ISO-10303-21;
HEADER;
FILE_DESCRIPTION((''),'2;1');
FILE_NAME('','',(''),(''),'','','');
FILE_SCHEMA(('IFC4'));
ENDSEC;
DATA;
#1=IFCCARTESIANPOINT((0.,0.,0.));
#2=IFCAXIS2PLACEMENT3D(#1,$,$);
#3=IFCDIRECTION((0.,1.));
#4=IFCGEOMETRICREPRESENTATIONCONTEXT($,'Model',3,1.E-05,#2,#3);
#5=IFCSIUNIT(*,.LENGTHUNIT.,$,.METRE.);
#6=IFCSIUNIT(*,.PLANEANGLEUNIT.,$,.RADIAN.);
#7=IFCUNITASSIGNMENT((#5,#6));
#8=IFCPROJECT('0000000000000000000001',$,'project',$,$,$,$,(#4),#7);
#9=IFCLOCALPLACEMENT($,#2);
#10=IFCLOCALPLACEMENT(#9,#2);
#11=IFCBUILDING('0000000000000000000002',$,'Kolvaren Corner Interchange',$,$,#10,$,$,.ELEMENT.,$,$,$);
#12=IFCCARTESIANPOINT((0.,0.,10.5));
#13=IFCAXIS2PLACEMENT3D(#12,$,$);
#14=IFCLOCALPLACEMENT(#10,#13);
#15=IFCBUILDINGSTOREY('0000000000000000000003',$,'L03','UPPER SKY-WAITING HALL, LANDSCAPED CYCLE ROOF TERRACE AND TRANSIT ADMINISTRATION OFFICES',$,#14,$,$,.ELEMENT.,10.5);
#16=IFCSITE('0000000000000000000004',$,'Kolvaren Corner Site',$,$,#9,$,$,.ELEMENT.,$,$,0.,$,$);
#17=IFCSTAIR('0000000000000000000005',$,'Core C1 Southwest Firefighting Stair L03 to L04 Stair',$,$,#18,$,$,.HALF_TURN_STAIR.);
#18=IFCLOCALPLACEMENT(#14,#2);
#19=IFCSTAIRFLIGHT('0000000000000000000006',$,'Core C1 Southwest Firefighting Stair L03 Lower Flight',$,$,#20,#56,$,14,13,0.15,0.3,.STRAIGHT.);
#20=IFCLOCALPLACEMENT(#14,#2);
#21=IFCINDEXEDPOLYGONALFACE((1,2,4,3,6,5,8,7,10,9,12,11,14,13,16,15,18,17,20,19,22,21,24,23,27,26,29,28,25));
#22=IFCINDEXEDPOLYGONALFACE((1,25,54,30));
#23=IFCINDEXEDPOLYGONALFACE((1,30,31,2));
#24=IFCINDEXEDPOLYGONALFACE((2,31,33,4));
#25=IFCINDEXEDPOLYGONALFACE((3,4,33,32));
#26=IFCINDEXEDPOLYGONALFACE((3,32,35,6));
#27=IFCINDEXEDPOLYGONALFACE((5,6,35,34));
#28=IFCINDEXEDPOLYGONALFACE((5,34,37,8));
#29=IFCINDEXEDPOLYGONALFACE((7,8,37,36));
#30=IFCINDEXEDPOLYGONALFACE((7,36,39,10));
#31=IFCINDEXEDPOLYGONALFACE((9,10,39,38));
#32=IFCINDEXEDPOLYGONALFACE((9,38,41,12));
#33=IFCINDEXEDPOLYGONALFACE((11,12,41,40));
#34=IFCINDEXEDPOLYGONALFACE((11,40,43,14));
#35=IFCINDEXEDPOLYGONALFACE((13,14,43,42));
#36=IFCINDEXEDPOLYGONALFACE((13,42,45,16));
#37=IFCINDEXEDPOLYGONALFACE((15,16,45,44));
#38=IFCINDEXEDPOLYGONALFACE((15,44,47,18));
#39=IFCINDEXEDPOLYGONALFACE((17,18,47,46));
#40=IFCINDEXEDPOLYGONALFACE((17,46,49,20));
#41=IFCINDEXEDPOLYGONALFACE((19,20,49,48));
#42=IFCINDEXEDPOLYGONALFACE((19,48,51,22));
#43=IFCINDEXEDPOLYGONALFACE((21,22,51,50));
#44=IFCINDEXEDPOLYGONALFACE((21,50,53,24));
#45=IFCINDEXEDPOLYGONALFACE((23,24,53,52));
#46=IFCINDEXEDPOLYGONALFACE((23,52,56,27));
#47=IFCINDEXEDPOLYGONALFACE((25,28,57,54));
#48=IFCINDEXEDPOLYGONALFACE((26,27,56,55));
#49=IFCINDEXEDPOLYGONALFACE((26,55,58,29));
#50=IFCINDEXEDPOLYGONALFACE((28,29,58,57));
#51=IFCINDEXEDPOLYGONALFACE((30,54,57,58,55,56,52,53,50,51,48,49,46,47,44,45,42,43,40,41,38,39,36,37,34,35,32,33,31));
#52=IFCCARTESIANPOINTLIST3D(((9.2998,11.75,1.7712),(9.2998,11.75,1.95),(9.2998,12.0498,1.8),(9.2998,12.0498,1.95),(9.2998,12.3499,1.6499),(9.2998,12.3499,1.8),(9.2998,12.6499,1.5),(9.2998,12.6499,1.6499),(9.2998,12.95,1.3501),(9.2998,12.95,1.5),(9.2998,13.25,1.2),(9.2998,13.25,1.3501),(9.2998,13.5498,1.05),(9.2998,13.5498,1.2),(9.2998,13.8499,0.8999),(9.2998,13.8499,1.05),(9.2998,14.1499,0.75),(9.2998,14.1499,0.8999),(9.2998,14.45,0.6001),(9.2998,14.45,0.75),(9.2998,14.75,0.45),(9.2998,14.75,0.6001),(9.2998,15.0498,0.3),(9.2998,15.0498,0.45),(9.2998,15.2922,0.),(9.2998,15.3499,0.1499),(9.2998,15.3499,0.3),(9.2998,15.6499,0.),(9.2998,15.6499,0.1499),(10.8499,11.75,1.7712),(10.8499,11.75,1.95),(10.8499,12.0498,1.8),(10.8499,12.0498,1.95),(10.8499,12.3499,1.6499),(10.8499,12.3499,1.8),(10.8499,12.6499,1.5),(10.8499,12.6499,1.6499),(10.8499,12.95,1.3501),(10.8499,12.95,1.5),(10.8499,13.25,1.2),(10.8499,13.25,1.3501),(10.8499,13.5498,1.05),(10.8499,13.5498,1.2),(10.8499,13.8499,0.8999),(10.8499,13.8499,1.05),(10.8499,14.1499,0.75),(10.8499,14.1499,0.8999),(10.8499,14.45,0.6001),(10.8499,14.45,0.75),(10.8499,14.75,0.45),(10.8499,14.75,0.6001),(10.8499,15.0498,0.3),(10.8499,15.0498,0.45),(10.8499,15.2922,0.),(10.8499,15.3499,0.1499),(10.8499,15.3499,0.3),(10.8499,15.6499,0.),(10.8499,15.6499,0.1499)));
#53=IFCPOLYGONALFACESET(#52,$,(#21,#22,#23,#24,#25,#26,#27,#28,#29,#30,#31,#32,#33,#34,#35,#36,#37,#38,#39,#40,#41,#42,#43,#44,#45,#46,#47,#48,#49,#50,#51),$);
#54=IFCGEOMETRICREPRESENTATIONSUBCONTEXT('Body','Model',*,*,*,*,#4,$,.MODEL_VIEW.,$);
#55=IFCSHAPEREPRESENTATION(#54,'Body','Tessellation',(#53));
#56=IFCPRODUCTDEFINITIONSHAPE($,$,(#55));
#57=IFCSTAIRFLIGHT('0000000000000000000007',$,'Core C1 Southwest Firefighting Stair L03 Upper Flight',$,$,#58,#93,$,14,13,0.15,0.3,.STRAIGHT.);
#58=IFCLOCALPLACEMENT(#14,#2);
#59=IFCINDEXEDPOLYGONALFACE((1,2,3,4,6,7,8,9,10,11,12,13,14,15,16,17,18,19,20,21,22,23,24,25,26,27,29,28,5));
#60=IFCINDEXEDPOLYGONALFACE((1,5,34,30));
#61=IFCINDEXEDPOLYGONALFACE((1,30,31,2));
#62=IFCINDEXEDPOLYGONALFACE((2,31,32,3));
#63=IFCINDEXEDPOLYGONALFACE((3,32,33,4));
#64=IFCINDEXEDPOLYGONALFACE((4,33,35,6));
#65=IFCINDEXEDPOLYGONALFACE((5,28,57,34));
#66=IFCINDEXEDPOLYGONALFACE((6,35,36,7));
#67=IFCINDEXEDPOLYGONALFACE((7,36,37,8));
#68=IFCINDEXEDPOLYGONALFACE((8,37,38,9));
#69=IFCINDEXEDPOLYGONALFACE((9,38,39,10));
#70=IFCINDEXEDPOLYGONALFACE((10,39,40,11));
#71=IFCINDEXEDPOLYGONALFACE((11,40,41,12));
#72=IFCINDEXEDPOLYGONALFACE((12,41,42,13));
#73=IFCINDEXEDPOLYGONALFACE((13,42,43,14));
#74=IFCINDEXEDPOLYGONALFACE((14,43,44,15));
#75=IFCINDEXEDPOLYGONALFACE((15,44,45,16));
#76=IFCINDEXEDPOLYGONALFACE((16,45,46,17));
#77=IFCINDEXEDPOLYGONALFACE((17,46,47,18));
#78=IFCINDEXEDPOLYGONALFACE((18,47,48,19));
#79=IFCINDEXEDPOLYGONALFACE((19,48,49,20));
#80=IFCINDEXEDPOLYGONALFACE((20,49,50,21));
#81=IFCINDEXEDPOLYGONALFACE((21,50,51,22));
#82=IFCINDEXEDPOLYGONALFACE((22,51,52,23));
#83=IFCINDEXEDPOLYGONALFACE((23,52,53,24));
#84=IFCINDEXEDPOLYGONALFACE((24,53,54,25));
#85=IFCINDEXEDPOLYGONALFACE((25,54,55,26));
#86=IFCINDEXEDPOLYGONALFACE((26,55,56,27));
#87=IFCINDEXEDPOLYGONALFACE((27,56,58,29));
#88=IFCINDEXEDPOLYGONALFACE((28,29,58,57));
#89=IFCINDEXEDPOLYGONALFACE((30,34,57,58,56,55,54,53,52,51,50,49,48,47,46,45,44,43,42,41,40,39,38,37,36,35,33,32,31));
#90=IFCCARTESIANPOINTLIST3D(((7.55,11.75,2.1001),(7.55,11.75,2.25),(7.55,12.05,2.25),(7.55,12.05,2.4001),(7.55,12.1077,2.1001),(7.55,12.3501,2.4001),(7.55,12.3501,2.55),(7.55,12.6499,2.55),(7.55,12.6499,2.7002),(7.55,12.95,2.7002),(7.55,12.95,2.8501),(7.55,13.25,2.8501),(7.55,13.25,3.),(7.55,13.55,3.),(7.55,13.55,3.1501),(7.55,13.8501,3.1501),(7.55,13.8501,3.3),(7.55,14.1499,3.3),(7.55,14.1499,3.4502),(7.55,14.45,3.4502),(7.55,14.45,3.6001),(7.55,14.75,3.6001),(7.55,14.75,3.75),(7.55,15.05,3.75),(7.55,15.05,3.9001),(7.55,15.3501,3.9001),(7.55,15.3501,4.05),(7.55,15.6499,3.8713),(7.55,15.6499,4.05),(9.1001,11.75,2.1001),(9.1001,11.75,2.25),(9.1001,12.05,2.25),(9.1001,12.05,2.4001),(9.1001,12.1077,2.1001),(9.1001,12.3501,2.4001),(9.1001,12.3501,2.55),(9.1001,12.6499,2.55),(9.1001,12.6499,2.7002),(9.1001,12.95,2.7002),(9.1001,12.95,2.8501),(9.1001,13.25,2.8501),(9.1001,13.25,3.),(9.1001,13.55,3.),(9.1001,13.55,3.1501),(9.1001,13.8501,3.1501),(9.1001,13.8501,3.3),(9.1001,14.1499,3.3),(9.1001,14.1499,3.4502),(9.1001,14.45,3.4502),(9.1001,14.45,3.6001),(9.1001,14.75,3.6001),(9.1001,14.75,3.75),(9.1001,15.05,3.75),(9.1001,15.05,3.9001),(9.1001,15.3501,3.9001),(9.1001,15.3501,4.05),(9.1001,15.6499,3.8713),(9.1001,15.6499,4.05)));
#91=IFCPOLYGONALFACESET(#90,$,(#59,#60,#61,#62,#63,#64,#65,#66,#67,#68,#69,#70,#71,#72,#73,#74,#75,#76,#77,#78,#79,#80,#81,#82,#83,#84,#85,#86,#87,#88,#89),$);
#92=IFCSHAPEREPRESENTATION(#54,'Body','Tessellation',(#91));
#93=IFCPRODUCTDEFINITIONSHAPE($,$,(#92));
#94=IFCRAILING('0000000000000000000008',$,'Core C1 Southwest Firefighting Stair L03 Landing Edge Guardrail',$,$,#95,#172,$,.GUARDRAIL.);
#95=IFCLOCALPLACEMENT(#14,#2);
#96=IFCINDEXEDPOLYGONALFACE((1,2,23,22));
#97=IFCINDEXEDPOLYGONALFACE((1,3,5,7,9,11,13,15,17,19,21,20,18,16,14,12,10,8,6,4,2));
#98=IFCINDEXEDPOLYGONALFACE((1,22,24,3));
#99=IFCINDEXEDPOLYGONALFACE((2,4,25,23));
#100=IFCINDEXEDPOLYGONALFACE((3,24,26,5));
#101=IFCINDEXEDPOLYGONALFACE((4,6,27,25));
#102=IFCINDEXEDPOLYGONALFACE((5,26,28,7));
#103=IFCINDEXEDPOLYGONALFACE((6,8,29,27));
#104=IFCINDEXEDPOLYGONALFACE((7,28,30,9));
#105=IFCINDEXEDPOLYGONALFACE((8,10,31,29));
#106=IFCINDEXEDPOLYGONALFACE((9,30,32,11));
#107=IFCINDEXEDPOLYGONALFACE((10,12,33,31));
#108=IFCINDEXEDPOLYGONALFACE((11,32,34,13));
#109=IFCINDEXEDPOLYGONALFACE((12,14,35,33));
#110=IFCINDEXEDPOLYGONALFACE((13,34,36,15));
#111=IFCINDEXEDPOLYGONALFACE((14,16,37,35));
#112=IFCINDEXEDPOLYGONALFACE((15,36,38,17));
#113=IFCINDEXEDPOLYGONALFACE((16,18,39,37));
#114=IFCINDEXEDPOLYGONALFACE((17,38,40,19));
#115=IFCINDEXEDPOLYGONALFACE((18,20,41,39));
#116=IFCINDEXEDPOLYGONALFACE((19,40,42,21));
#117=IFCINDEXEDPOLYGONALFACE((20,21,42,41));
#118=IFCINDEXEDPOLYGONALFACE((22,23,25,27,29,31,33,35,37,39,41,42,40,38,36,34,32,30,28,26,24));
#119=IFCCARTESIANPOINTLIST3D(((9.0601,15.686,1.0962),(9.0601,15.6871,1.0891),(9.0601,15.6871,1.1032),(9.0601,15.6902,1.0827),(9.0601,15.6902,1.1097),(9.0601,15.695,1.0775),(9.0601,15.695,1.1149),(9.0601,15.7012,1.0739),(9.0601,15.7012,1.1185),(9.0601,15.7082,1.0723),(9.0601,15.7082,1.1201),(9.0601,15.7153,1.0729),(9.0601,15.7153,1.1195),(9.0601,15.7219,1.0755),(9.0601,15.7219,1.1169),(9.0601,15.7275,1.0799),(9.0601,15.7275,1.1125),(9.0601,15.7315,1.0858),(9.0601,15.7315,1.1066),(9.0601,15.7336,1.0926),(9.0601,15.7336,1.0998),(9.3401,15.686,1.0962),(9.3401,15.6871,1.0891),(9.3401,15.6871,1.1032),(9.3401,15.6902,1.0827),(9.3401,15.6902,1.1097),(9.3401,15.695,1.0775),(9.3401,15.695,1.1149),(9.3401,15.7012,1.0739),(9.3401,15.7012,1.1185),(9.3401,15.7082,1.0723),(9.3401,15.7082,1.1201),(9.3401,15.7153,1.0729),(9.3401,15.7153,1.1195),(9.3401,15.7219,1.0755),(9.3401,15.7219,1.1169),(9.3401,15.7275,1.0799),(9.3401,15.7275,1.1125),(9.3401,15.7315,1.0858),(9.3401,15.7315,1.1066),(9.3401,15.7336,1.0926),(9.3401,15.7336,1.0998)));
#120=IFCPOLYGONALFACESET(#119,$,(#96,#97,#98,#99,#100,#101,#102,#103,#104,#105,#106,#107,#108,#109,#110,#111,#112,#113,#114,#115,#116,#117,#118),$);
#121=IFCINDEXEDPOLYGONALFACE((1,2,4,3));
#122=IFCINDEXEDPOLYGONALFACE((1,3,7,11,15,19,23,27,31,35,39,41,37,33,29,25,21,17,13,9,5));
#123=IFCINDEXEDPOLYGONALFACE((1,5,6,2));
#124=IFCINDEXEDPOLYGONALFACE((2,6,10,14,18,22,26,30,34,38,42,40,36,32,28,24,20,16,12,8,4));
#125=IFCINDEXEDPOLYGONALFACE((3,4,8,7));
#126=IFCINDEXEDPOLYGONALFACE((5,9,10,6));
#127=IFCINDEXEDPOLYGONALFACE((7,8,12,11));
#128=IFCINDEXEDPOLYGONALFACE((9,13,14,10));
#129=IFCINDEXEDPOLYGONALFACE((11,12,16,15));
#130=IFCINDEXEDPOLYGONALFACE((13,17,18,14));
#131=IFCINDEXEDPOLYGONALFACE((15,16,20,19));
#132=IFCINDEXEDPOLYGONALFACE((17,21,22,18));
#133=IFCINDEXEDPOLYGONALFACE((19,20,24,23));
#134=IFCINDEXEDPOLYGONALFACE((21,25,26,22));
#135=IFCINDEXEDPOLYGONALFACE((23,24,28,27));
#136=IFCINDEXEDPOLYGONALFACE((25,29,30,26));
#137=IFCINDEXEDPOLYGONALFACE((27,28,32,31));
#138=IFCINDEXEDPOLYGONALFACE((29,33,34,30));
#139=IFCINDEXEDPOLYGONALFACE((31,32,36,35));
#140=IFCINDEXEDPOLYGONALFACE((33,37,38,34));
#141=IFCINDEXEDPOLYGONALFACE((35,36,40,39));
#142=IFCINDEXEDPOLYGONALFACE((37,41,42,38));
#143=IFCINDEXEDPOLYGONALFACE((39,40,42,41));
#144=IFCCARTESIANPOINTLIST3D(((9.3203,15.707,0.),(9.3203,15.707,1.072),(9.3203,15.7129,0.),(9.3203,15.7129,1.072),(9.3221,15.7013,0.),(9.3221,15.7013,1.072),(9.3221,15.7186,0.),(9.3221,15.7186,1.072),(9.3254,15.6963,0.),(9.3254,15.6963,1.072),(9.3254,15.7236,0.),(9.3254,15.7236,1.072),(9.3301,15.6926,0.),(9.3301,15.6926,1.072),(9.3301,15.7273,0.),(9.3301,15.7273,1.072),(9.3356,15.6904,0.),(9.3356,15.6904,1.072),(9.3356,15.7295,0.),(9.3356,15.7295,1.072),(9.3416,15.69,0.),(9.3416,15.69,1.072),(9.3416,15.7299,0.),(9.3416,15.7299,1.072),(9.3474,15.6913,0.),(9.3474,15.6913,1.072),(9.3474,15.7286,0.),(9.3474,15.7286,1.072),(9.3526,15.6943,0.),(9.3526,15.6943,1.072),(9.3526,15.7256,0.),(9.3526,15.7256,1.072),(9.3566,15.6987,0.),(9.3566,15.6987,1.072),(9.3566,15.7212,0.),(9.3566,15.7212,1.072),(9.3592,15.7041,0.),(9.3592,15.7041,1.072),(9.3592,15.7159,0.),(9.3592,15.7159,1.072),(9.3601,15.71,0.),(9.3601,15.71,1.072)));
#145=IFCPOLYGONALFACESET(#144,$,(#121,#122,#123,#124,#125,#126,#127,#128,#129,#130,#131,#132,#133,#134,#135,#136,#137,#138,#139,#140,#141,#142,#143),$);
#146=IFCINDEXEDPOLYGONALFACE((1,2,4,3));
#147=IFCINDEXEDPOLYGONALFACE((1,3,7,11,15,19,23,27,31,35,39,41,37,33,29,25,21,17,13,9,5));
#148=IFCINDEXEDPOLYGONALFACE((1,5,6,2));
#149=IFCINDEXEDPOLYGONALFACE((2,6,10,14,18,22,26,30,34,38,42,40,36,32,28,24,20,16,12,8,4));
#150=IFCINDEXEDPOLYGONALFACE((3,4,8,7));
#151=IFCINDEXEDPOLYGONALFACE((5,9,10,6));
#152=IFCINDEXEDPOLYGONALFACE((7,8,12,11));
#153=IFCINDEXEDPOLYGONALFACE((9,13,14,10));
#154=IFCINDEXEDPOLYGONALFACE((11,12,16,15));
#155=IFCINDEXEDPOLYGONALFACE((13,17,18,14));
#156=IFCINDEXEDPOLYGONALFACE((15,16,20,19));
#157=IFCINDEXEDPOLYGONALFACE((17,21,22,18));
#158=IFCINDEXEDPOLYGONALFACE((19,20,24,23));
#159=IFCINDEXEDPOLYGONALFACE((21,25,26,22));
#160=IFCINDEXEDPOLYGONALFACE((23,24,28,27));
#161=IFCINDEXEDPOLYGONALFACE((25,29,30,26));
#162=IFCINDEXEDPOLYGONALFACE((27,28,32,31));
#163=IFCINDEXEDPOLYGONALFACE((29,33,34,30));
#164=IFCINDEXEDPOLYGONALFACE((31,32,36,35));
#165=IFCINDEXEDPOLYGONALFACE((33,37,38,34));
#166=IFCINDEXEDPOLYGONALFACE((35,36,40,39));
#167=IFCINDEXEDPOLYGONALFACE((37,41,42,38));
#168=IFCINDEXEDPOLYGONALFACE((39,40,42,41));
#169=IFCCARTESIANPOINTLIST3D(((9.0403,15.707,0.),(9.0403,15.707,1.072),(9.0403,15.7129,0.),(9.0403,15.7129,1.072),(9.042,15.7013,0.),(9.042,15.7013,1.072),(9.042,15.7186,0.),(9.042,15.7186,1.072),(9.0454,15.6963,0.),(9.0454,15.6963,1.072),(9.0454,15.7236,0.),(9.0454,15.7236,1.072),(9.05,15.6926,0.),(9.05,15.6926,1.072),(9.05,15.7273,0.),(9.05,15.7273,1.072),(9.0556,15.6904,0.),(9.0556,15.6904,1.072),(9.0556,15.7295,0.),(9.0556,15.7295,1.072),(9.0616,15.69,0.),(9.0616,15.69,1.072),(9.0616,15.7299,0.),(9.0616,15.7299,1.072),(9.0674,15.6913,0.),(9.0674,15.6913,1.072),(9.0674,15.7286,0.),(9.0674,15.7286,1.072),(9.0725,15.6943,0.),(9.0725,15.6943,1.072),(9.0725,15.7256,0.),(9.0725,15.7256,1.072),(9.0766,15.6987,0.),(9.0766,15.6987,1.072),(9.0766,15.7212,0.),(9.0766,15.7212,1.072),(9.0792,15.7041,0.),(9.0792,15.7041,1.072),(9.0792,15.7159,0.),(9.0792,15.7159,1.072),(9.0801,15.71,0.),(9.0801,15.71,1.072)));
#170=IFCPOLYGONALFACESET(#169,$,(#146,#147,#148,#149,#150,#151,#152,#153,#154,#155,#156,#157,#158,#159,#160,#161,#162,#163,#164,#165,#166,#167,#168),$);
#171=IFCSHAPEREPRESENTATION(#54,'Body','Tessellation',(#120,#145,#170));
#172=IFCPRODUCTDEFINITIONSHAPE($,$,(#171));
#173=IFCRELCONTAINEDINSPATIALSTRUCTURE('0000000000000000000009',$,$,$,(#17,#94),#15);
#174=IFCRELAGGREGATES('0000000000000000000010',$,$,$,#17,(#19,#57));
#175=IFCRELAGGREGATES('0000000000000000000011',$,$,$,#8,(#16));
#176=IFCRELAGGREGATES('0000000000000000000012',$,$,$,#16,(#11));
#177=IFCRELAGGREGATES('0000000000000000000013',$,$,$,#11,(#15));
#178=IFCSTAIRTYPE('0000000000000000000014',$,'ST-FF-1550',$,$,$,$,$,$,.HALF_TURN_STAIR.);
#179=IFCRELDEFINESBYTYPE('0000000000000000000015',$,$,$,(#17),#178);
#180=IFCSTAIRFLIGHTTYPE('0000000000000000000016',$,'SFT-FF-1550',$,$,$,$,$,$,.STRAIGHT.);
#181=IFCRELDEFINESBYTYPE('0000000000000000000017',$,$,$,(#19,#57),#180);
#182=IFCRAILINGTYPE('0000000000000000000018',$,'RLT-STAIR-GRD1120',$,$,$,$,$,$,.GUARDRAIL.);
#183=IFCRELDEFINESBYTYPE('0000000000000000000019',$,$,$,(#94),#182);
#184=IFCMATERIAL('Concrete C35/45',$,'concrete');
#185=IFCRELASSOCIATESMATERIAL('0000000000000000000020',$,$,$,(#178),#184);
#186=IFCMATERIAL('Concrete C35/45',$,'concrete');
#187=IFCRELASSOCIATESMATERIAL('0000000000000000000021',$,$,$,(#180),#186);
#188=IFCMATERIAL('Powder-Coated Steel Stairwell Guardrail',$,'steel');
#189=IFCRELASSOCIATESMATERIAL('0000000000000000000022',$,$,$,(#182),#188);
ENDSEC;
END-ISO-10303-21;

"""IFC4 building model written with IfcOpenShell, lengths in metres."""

from ifc_helpers import new_model, si_unit, direction, frame, origin, origin_2d, place, context, subcontext, project, spatial, polyline, circle, outline, extrude, material, type_object, element, aggregate, save


model = new_model("IFC4")

# Units and contexts
model_context = context("Model", 3, precision=1e-05, world=origin(), true_north=direction((0.0, 1.0)))
body_context = subcontext(model_context, "Body", "Model", "MODEL_VIEW")
ifc_project = project(units=[si_unit("LENGTHUNIT", "METRE"), si_unit("PLANEANGLEUNIT", "RADIAN")], contexts=[model_context])

# Site, building, storey
site_placement = place(None, origin())
site = spatial("IfcSite", under=ifc_project, at=site_placement, Name="Kolvaren Corner Site", CompositionType="ELEMENT", RefElevation=0.0)
building_placement = place(site_placement, origin())
building = spatial("IfcBuilding", under=site, at=building_placement, Name="Kolvaren Corner Interchange", CompositionType="ELEMENT")
storey_placement = place(building_placement, frame((0.0, 0.0, 10.5)))
storey = spatial("IfcBuildingStorey", under=building, at=storey_placement, Name="L03", Description="UPPER SKY-WAITING HALL, LANDSCAPED CYCLE ROOF TERRACE AND TRANSIT ADMINISTRATION OFFICES", CompositionType="ELEMENT", Elevation=10.5)

# Stair, stair flights
ifc_material_1 = material(Name="Concrete C35/45", Category="concrete")
stair_type = type_object("IfcStairType", Name="ST-FF-1550", PredefinedType="HALF_TURN_STAIR", material=ifc_material_1)
stair_placement = place(storey_placement, origin())
stair = element("IfcStair", 1, at=stair_placement, inside=storey, type_object=stair_type, Name="Core C1 Southwest Firefighting Stair L03 to L04 Stair", PredefinedType="HALF_TURN_STAIR")
ifc_material_2 = material(Name="Concrete C35/45", Category="concrete")
stair_flight_type = type_object("IfcStairFlightType", Name="SFT-FF-1550", PredefinedType="STRAIGHT", material=ifc_material_2)
stair_flight_1_placement = place(storey_placement, frame((10.075, 15.6499, 0.0), z_axis=(0.0, 0.0, 1.0), x_axis=(0.0, -1.0, 0.0)))
stair_flight_1 = element("IfcStairFlight", 2, at=stair_flight_1_placement, type_object=stair_flight_type, Name="Core C1 Southwest Firefighting Stair L03 Lower Flight", NumberOfRisers=14, NumberOfTreads=13, PredefinedType="STRAIGHT", RiserHeight=0.15, TreadLength=0.3, context=body_context, shape_type="SweptSolid", body=[
    extrude(outline(polyline([(0.0, 0.0), (0.0, 0.1499), (0.3, 0.1499), (0.3, 0.3), (0.6001, 0.3), (0.6001, 0.45), (0.8999, 0.45), (0.8999, 0.6001), (1.2, 0.6001), (1.2, 0.75), (1.5, 0.75), (1.5, 0.8999), (1.8, 0.8999), (1.8, 1.05), (2.1001, 1.05), (2.1001, 1.2), (2.3999, 1.2), (2.3999, 1.3501), (2.7, 1.3501), (2.7, 1.5), (3.0, 1.5), (3.0, 1.6499), (3.3, 1.6499), (3.3, 1.8), (3.6001, 1.8), (3.6001, 1.95), (3.8999, 1.95), (3.8999, 2.1001), (3.8999, 1.7712), (0.3577, 0.0), (0.0, 0.0)])), frame((0.0, 0.7749, 0.0), z_axis=(0.0, -1.0, 0.0), x_axis=(1.0, 0.0, 0.0)), (0.0, 0.0, 1.0), 1.55),
])
stair_flight_2_placement = place(storey_placement, frame((8.325, 11.75, 2.1001), z_axis=(0.0, 0.0, 1.0), x_axis=(0.0, 1.0, 0.0)))
stair_flight_2 = element("IfcStairFlight", 3, at=stair_flight_2_placement, type_object=stair_flight_type, Name="Core C1 Southwest Firefighting Stair L03 Upper Flight", NumberOfRisers=14, NumberOfTreads=13, PredefinedType="STRAIGHT", RiserHeight=0.15, TreadLength=0.3, context=body_context, shape_type="SweptSolid", body=[
    extrude(outline(polyline([(0.0, 0.0), (0.0, 0.1499), (0.3, 0.1499), (0.3, 0.3), (0.6001, 0.3), (0.6001, 0.45), (0.8999, 0.45), (0.8999, 0.6001), (1.2, 0.6001), (1.2, 0.75), (1.5, 0.75), (1.5, 0.8999), (1.8, 0.8999), (1.8, 1.05), (2.1001, 1.05), (2.1001, 1.2), (2.3999, 1.2), (2.3999, 1.3501), (2.7, 1.3501), (2.7, 1.5), (3.0, 1.5), (3.0, 1.6499), (3.3, 1.6499), (3.3, 1.8), (3.6001, 1.8), (3.6001, 1.95), (3.8999, 1.95), (3.8999, 2.1001), (3.8999, 1.7712), (0.3577, 0.0), (0.0, 0.0)])), frame((0.0, 0.7749, 0.0), z_axis=(0.0, -1.0, 0.0), x_axis=(1.0, 0.0, 0.0)), (0.0, 0.0, 1.0), 1.55),
])

# Railing
ifc_material_3 = material(Name="Powder-Coated Steel Stairwell Guardrail", Category="steel")
railing_type_1 = type_object("IfcRailingType", Name="RLT-STAIR-GRD1120", PredefinedType="GUARDRAIL", material=ifc_material_3)
railing_1_placement = place(storey_placement, frame((9.3401, 15.71, 0.0)))
element("IfcRailing", 4, at=railing_1_placement, inside=storey, type_object=railing_type_1, Name="Core C1 Southwest Firefighting Stair L03 Landing Edge Guardrail", PredefinedType="GUARDRAIL", context=body_context, shape_type="SweptSolid", body=[
    extrude(circle(Radius=0.0239, at=origin_2d()), frame((0.0, 0.0, 1.0962), z_axis=(-1.0, 0.0, 0.0), x_axis=(0.0, -1.0, 0.0)), (0.0, 0.0, 1.0), 0.28),
    extrude(circle(Radius=0.02, at=origin_2d()), origin(), (0.0, 0.0, 1.0), 1.072),
    extrude(circle(Radius=0.02, at=origin_2d()), frame((-0.28, 0.0, 0.0)), (0.0, 0.0, 1.0), 1.072),
])
aggregate(stair, [stair_flight_1, stair_flight_2])

save(model, "model.ifc")
